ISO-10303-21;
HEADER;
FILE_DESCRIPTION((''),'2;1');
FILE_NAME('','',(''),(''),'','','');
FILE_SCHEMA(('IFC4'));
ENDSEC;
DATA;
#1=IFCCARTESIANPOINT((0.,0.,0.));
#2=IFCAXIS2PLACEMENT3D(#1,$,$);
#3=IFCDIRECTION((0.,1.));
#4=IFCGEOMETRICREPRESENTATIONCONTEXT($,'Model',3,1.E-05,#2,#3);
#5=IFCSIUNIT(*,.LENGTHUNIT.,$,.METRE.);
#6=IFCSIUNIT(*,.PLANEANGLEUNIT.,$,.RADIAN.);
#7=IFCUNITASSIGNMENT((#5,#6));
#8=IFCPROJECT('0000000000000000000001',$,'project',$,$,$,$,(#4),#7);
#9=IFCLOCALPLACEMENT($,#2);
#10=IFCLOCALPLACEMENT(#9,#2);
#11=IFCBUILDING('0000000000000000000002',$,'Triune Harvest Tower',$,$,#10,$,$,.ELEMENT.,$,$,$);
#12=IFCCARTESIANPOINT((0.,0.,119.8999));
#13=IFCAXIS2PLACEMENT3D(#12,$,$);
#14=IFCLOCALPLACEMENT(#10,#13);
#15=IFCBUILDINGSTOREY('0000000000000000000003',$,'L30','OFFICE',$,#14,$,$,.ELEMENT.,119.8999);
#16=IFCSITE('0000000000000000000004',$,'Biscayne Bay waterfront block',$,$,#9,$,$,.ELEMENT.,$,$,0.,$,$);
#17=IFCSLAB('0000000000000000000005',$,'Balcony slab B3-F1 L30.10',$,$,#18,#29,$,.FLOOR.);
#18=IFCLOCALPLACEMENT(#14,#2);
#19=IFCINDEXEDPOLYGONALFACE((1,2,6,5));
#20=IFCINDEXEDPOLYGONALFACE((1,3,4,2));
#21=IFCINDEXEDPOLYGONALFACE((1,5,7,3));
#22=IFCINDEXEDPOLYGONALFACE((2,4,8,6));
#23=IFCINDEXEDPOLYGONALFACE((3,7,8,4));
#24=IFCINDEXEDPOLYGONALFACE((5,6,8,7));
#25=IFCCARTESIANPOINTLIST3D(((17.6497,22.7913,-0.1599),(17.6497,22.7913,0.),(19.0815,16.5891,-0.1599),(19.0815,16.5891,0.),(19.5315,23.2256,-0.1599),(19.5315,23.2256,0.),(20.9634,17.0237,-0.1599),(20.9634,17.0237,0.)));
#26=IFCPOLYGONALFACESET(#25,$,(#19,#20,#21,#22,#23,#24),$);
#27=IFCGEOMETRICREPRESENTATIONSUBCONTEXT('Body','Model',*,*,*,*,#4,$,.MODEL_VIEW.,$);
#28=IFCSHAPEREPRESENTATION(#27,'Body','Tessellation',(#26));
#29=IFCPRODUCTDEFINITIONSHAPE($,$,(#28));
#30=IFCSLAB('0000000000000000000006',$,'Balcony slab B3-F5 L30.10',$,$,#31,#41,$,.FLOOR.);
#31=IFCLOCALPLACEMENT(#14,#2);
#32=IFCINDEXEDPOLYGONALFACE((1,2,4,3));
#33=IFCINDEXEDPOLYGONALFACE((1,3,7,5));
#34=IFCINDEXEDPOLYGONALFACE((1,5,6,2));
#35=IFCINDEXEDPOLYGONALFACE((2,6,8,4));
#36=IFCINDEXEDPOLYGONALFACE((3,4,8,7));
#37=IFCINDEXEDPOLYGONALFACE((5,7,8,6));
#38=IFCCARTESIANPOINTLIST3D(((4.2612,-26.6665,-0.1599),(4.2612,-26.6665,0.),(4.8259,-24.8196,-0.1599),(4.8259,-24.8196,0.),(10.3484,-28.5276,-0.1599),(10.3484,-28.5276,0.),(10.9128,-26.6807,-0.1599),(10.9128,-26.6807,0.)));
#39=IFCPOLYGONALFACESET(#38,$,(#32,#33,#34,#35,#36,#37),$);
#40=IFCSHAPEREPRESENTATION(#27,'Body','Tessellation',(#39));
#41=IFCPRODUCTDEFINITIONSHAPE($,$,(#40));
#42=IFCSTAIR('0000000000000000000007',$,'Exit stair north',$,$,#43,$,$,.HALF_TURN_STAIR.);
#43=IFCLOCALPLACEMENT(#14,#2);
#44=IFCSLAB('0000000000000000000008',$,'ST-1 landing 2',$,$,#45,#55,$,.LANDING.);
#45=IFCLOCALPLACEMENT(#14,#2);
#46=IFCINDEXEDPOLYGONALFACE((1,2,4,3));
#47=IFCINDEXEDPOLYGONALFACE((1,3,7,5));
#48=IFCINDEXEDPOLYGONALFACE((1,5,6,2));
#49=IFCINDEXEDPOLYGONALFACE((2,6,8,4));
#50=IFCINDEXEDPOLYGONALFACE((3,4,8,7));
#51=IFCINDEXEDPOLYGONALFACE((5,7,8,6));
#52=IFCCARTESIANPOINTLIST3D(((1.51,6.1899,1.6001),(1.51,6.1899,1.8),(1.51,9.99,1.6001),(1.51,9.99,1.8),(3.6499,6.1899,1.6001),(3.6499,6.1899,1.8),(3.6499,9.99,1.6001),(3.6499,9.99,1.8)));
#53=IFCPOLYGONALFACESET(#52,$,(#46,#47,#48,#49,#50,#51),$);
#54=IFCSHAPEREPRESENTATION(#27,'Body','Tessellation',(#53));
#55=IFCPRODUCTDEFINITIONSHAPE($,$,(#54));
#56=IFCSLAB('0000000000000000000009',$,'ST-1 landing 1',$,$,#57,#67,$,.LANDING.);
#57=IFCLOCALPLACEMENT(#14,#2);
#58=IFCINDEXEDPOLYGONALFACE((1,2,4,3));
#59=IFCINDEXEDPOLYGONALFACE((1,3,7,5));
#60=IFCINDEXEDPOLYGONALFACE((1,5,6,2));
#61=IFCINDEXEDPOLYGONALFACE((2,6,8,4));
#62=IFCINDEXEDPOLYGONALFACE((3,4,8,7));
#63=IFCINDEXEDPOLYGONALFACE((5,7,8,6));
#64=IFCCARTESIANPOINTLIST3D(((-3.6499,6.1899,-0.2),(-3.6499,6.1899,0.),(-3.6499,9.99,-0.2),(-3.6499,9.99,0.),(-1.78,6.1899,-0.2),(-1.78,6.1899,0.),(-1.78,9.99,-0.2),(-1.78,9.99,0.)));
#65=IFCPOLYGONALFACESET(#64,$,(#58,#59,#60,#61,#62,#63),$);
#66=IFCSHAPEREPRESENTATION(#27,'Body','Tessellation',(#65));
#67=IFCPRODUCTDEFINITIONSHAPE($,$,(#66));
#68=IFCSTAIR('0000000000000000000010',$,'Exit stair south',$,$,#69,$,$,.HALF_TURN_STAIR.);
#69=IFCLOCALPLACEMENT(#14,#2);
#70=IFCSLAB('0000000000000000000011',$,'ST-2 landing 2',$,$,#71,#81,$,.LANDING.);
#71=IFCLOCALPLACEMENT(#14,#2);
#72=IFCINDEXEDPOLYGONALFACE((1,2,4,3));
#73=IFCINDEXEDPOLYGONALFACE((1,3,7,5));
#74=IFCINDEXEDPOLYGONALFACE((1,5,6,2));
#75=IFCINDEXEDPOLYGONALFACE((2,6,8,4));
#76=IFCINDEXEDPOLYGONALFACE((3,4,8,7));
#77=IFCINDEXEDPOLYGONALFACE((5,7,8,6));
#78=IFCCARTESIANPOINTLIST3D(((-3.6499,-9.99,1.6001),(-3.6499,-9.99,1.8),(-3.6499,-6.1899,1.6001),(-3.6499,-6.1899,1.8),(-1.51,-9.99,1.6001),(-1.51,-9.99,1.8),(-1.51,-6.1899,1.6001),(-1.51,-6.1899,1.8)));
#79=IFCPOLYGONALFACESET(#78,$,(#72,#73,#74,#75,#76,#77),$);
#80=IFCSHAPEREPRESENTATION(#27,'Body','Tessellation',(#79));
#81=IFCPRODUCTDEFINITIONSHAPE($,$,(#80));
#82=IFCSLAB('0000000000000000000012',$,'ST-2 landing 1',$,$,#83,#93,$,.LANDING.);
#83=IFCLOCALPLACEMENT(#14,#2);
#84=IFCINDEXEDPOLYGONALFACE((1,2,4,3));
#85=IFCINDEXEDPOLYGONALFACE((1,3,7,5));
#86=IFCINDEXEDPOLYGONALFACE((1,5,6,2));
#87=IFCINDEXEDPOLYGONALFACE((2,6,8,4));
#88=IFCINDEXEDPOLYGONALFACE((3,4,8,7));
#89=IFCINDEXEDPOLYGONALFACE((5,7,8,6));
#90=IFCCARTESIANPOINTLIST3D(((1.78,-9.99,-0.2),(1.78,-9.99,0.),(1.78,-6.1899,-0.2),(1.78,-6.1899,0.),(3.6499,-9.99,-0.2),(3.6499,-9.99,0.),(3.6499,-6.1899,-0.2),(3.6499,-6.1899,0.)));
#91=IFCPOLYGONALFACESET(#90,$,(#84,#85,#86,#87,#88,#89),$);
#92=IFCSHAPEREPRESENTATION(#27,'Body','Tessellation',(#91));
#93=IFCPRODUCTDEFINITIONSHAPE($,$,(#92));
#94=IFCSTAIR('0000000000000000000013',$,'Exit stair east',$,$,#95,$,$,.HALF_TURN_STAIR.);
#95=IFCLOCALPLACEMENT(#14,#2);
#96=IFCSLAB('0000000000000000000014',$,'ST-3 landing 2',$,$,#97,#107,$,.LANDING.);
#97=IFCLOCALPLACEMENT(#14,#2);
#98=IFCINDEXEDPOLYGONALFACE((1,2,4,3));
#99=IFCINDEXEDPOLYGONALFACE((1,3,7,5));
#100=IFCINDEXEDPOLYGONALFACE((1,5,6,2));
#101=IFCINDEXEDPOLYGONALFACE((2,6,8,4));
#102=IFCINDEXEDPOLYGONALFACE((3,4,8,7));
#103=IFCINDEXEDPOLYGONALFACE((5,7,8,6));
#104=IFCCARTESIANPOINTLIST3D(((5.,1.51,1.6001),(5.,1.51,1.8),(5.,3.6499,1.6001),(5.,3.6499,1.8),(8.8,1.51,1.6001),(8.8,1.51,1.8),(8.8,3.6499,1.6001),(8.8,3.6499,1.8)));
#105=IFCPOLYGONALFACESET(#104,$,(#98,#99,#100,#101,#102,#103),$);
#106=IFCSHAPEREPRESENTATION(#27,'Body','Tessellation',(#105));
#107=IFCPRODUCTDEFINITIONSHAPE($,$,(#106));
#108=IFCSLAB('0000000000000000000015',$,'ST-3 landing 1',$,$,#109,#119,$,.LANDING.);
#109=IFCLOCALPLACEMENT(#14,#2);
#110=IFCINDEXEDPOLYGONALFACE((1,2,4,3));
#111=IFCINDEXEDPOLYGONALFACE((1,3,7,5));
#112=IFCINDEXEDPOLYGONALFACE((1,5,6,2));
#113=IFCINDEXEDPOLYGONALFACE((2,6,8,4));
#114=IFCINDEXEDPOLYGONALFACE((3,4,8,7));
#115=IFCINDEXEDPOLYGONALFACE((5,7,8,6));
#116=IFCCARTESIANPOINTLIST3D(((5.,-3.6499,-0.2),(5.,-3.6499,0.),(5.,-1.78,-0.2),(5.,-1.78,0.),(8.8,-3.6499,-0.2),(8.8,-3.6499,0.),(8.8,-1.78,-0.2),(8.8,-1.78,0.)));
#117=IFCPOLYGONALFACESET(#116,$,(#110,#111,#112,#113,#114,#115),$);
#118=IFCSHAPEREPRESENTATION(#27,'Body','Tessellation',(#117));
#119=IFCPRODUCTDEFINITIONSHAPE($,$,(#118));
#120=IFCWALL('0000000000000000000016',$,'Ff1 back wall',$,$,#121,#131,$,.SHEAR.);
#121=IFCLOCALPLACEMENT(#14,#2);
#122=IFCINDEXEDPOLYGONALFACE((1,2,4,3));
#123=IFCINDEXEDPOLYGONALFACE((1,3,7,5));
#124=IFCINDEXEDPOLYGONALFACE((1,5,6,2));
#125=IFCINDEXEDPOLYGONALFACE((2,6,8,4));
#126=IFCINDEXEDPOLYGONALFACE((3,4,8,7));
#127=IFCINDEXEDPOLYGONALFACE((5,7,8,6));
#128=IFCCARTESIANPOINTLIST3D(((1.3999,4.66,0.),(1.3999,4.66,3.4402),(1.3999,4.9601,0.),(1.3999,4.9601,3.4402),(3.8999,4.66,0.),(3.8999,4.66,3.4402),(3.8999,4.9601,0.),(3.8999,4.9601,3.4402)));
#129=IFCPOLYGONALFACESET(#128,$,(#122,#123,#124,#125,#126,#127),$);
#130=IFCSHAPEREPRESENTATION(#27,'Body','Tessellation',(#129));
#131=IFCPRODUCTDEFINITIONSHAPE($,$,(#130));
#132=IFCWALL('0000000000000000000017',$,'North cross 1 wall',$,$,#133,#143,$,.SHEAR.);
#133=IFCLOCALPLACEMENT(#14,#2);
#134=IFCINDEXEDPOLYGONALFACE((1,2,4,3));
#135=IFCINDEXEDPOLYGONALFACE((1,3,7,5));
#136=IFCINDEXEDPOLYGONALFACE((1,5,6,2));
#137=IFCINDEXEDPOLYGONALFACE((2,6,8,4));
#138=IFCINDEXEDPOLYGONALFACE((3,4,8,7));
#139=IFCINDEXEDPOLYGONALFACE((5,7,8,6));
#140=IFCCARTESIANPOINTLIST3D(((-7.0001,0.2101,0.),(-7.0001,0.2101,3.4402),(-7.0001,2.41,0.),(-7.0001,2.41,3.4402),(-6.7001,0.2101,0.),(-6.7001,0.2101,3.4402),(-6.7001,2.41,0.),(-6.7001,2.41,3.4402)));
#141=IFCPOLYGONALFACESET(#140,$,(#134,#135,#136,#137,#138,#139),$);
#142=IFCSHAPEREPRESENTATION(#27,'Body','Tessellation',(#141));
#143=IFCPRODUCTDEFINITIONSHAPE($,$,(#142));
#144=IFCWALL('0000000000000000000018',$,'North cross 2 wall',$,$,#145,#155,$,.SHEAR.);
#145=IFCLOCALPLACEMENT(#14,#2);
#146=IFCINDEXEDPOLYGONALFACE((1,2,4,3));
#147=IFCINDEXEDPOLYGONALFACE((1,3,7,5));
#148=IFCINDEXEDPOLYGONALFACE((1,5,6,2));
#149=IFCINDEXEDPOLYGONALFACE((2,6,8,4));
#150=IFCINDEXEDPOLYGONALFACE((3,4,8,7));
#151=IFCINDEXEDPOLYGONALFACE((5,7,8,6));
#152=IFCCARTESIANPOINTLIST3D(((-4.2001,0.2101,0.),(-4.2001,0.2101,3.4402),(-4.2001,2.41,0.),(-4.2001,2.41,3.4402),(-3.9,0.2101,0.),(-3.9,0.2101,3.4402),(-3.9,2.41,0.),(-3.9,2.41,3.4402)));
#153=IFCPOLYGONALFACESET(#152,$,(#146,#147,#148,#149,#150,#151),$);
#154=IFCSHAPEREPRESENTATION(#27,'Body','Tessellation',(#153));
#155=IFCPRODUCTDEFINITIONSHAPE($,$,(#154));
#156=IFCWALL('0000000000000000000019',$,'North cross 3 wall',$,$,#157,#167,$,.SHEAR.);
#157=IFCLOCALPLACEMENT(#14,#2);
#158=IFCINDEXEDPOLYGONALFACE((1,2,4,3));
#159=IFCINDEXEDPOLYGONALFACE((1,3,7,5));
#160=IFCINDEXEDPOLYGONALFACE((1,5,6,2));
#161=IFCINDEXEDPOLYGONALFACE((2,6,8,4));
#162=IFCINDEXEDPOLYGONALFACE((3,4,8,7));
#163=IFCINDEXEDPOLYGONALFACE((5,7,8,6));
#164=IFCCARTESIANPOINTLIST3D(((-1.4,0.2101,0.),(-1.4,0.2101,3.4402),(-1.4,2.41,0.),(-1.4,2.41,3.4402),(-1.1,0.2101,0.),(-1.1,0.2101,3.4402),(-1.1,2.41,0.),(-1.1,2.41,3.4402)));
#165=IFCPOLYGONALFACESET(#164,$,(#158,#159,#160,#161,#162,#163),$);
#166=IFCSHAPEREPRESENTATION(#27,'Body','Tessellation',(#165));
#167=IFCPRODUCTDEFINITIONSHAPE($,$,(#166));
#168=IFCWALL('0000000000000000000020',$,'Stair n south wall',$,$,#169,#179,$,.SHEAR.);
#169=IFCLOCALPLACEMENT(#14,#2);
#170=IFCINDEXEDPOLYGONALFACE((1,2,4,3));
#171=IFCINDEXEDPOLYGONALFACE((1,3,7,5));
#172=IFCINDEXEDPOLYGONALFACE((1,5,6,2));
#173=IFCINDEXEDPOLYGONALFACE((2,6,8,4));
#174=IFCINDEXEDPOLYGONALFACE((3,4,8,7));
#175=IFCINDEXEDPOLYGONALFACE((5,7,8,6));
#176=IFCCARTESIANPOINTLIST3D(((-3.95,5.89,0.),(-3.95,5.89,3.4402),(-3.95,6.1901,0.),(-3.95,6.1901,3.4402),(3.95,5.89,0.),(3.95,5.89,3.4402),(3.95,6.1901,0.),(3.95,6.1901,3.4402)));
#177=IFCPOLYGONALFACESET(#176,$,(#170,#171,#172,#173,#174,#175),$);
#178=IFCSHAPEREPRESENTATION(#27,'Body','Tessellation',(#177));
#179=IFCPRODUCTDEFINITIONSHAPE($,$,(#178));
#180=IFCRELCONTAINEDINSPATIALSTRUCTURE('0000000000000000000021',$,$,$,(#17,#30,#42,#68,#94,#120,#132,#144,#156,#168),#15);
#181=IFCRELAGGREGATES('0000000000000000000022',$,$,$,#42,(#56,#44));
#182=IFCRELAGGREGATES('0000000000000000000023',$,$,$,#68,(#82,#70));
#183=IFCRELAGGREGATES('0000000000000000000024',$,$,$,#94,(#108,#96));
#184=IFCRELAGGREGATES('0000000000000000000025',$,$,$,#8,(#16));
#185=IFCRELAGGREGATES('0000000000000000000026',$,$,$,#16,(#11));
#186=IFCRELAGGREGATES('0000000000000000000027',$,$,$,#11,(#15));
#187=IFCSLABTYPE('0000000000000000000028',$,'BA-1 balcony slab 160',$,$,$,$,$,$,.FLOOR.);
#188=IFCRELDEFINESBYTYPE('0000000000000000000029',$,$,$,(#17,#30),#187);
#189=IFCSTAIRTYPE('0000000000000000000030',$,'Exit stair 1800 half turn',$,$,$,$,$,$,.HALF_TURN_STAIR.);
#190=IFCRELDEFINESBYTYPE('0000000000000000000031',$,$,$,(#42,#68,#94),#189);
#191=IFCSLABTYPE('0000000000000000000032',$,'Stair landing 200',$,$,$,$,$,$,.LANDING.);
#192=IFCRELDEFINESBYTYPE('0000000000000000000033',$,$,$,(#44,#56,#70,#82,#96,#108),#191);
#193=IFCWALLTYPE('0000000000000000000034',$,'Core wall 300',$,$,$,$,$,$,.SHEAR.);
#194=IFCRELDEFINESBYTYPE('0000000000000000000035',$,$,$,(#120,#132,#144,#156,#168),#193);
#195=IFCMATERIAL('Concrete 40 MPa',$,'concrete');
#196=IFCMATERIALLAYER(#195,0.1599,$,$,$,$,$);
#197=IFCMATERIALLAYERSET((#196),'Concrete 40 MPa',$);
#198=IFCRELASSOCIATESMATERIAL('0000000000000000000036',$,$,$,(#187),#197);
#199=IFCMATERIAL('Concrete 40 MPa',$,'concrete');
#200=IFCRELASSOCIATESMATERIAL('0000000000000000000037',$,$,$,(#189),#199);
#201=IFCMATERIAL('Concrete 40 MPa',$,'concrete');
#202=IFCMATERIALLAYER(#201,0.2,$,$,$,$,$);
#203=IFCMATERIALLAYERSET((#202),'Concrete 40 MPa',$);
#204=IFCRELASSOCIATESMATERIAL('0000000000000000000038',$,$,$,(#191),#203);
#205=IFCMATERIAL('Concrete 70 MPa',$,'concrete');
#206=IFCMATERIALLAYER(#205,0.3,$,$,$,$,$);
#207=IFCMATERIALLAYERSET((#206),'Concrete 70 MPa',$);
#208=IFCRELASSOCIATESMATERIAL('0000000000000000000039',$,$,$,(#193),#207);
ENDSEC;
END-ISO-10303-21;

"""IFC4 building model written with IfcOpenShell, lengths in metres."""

from ifc_helpers import new_model, si_unit, direction, frame, frame_2d, origin, place, context, subcontext, project, spatial, polyline, rectangle, outline, extrude, source, transform, mapped, material, layer, layer_set, type_object, element, aggregate, save


model = new_model("IFC4")

# Units and contexts
model_context = context("Model", 3, precision=1e-05, world=origin(), true_north=direction((0.0, 1.0)))
body_context = subcontext(model_context, "Body", "Model", "MODEL_VIEW")
ifc_project = project(units=[si_unit("LENGTHUNIT", "METRE"), si_unit("PLANEANGLEUNIT", "RADIAN")], contexts=[model_context])

# Site, building, storey
site_placement = place(None, origin())
site = spatial("IfcSite", under=ifc_project, at=site_placement, Name="Biscayne Bay waterfront block", CompositionType="ELEMENT", RefElevation=0.0)
building_placement = place(site_placement, origin())
building = spatial("IfcBuilding", under=site, at=building_placement, Name="Triune Harvest Tower", CompositionType="ELEMENT")
storey_placement = place(building_placement, frame((0.0, 0.0, 119.8999)))
storey = spatial("IfcBuildingStorey", under=building, at=storey_placement, Name="L30", Description="OFFICE", CompositionType="ELEMENT", Elevation=119.8999)

# Slabs
ifc_material_1 = material(Name="Concrete 40 MPa", Category="concrete")
ifc_layer_1 = layer(ifc_material_1, 0.1599)
ifc_layer_set_1 = layer_set([ifc_layer_1], Name="Concrete 40 MPa")
slab_type_1 = type_object("IfcSlabType", Name="BA-1 balcony slab 160", PredefinedType="FLOOR", material=ifc_layer_set_1)
slab_1_placement = place(storey_placement, frame((0.0, 0.0, -0.1599)))
element("IfcSlab", 1, at=slab_1_placement, inside=storey, type_object=slab_type_1, Name="Balcony slab B3-F1 L30.10", PredefinedType="FLOOR", context=body_context, shape_type="SweptSolid", body=[
    extrude(outline(polyline([(19.0815, 16.5891), (17.6497, 22.7913), (19.5315, 23.2256), (20.9634, 17.0237), (19.0815, 16.5891)])), origin(), (0.0, 0.0, 1.0), 0.1599),
])
slab_2_placement = place(storey_placement, frame((0.0, 0.0, -0.1599)))
element("IfcSlab", 2, at=slab_2_placement, inside=storey, type_object=slab_type_1, Name="Balcony slab B3-F5 L30.10", PredefinedType="FLOOR", context=body_context, shape_type="SweptSolid", body=[
    extrude(outline(polyline([(4.8259, -24.8196), (10.9128, -26.6807), (10.3484, -28.5276), (4.2612, -26.6665), (4.8259, -24.8196)])), origin(), (0.0, 0.0, 1.0), 0.1599),
])

# Stairs, slabs
ifc_material_2 = material(Name="Concrete 40 MPa", Category="concrete")
stair_type = type_object("IfcStairType", Name="Exit stair 1800 half turn", PredefinedType="HALF_TURN_STAIR", material=ifc_material_2)
stair_1_placement = place(storey_placement, origin())
stair_1 = element("IfcStair", 3, at=stair_1_placement, inside=storey, type_object=stair_type, Name="Exit stair north", PredefinedType="HALF_TURN_STAIR")
ifc_material_3 = material(Name="Concrete 40 MPa", Category="concrete")
ifc_layer_2 = layer(ifc_material_3, 0.2)
ifc_layer_set_2 = layer_set([ifc_layer_2], Name="Concrete 40 MPa")
slab_type_2 = type_object("IfcSlabType", Name="Stair landing 200", PredefinedType="LANDING", material=ifc_layer_set_2)
shared_shape_1 = source(origin(), body_context, "Body", "SweptSolid", [
    extrude(outline(polyline([(1.51, 6.1899), (3.6499, 6.1899), (3.6499, 9.99), (1.51, 9.99), (1.51, 6.1899)])), origin(), (0.0, 0.0, 1.0), 0.2),
])
slab_3_placement = place(storey_placement, frame((0.0, 0.0, 1.6001)))
slab_3 = element("IfcSlab", 4, at=slab_3_placement, type_object=slab_type_2, Name="ST-1 landing 2", PredefinedType="LANDING", context=body_context, shape_type="MappedRepresentation", body=[
    mapped(shared_shape_1, transform((0.0, 0.0, 0.0), scale=1.0)),
])
shared_shape_2 = source(origin(), body_context, "Body", "SweptSolid", [
    extrude(outline(polyline([(-3.6499, 6.1899), (-1.78, 6.1899), (-1.78, 9.99), (-3.6499, 9.99), (-3.6499, 6.1899)])), origin(), (0.0, 0.0, 1.0), 0.2),
])
slab_4_placement = place(storey_placement, frame((0.0, 0.0, -0.2)))
slab_4 = element("IfcSlab", 5, at=slab_4_placement, type_object=slab_type_2, Name="ST-1 landing 1", PredefinedType="LANDING", context=body_context, shape_type="MappedRepresentation", body=[
    mapped(shared_shape_2, transform((0.0, 0.0, 0.0), scale=1.0)),
])
aggregate(stair_1, [slab_4, slab_3])
stair_2_placement = place(storey_placement, origin())
stair_2 = element("IfcStair", 6, at=stair_2_placement, inside=storey, type_object=stair_type, Name="Exit stair south", PredefinedType="HALF_TURN_STAIR")
shared_shape_3 = source(origin(), body_context, "Body", "SweptSolid", [
    extrude(outline(polyline([(-1.51, -6.1899), (-3.6499, -6.1899), (-3.6499, -9.99), (-1.51, -9.99), (-1.51, -6.1899)])), origin(), (0.0, 0.0, 1.0), 0.2),
])
slab_5_placement = place(storey_placement, frame((0.0, 0.0, 1.6001)))
slab_5 = element("IfcSlab", 7, at=slab_5_placement, type_object=slab_type_2, Name="ST-2 landing 2", PredefinedType="LANDING", context=body_context, shape_type="MappedRepresentation", body=[
    mapped(shared_shape_3, transform((0.0, 0.0, 0.0), scale=1.0)),
])
shared_shape_4 = source(origin(), body_context, "Body", "SweptSolid", [
    extrude(outline(polyline([(3.6499, -6.1899), (1.78, -6.1899), (1.78, -9.99), (3.6499, -9.99), (3.6499, -6.1899)])), origin(), (0.0, 0.0, 1.0), 0.2),
])
slab_6_placement = place(storey_placement, frame((0.0, 0.0, -0.2)))
slab_6 = element("IfcSlab", 8, at=slab_6_placement, type_object=slab_type_2, Name="ST-2 landing 1", PredefinedType="LANDING", context=body_context, shape_type="MappedRepresentation", body=[
    mapped(shared_shape_4, transform((0.0, 0.0, 0.0), scale=1.0)),
])
aggregate(stair_2, [slab_6, slab_5])
stair_3_placement = place(storey_placement, origin())
stair_3 = element("IfcStair", 9, at=stair_3_placement, inside=storey, type_object=stair_type, Name="Exit stair east", PredefinedType="HALF_TURN_STAIR")
shared_shape_5 = source(origin(), body_context, "Body", "SweptSolid", [
    extrude(outline(polyline([(8.8, 1.51), (8.8, 3.6499), (5.0, 3.6499), (5.0, 1.51), (8.8, 1.51)])), origin(), (0.0, 0.0, 1.0), 0.2),
])
slab_7_placement = place(storey_placement, frame((0.0, 0.0, 1.6001)))
slab_7 = element("IfcSlab", 10, at=slab_7_placement, type_object=slab_type_2, Name="ST-3 landing 2", PredefinedType="LANDING", context=body_context, shape_type="MappedRepresentation", body=[
    mapped(shared_shape_5, transform((0.0, 0.0, 0.0), scale=1.0)),
])
shared_shape_6 = source(origin(), body_context, "Body", "SweptSolid", [
    extrude(outline(polyline([(8.8, -3.6499), (8.8, -1.78), (5.0, -1.78), (5.0, -3.6499), (8.8, -3.6499)])), origin(), (0.0, 0.0, 1.0), 0.2),
])
slab_8_placement = place(storey_placement, frame((0.0, 0.0, -0.2)))
slab_8 = element("IfcSlab", 11, at=slab_8_placement, type_object=slab_type_2, Name="ST-3 landing 1", PredefinedType="LANDING", context=body_context, shape_type="MappedRepresentation", body=[
    mapped(shared_shape_6, transform((0.0, 0.0, 0.0), scale=1.0)),
])
aggregate(stair_3, [slab_8, slab_7])

# Walls
ifc_material_4 = material(Name="Concrete 70 MPa", Category="concrete")
ifc_layer_3 = layer(ifc_material_4, 0.3)
ifc_layer_set_3 = layer_set([ifc_layer_3], Name="Concrete 70 MPa")
wall_type_1 = type_object("IfcWallType", Name="Core wall 300", PredefinedType="SHEAR", material=ifc_layer_set_3)
shared_shape_7 = source(origin(), body_context, "Body", "SweptSolid", [
    extrude(rectangle(XDim=2.5, YDim=0.3, at=frame_2d((1.25, 0.0))), origin(), (0.0, 0.0, 1.0), 3.4402),
])
wall_1_placement = place(storey_placement, frame((1.3999, 4.8101, 0.0), z_axis=(0.0, 0.0, 1.0), x_axis=(1.0, 0.0, 0.0)))
element("IfcWall", 12, at=wall_1_placement, inside=storey, type_object=wall_type_1, Name="Ff1 back wall", PredefinedType="SHEAR", context=body_context, shape_type="MappedRepresentation", body=[
    mapped(shared_shape_7, transform((0.0, 0.0, 0.0), scale=1.0)),
])
shared_shape_8 = source(origin(), body_context, "Body", "SweptSolid", [
    extrude(rectangle(XDim=2.2, YDim=0.3, at=frame_2d((1.1001, 0.0))), origin(), (0.0, 0.0, 1.0), 3.4402),
])
for number, where, z_axis, x_axis, name in (
    (13, (-6.8501, 0.21, 0.0), (0.0, 0.0, 1.0), (0.0, 1.0, 0.0), "North cross 1 wall"),
    (14, (-4.05, 0.21, 0.0), (0.0, 0.0, 1.0), (0.0, 1.0, 0.0), "North cross 2 wall"),
    (15, (-1.25, 0.21, 0.0), (0.0, 0.0, 1.0), (0.0, 1.0, 0.0), "North cross 3 wall"),
):
    element("IfcWall", number, at=place(storey_placement, frame(where, z_axis=z_axis, x_axis=x_axis)), inside=storey, type_object=wall_type_1, Name=name, PredefinedType="SHEAR", context=body_context, shape_type="MappedRepresentation", body=[
        mapped(shared_shape_8, transform((0.0, 0.0, 0.0), scale=1.0)),
    ])
shared_shape_9 = source(origin(), body_context, "Body", "SweptSolid", [
    extrude(rectangle(XDim=7.8999, YDim=0.3, at=frame_2d((3.95, 0.0))), origin(), (0.0, 0.0, 1.0), 3.4402),
])
wall_2_placement = place(storey_placement, frame((-3.95, 6.04, 0.0), z_axis=(0.0, 0.0, 1.0), x_axis=(1.0, 0.0, 0.0)))
element("IfcWall", 16, at=wall_2_placement, inside=storey, type_object=wall_type_1, Name="Stair n south wall", PredefinedType="SHEAR", context=body_context, shape_type="MappedRepresentation", body=[
    mapped(shared_shape_9, transform((0.0, 0.0, 0.0), scale=1.0)),
])

save(model, "model.ifc")
